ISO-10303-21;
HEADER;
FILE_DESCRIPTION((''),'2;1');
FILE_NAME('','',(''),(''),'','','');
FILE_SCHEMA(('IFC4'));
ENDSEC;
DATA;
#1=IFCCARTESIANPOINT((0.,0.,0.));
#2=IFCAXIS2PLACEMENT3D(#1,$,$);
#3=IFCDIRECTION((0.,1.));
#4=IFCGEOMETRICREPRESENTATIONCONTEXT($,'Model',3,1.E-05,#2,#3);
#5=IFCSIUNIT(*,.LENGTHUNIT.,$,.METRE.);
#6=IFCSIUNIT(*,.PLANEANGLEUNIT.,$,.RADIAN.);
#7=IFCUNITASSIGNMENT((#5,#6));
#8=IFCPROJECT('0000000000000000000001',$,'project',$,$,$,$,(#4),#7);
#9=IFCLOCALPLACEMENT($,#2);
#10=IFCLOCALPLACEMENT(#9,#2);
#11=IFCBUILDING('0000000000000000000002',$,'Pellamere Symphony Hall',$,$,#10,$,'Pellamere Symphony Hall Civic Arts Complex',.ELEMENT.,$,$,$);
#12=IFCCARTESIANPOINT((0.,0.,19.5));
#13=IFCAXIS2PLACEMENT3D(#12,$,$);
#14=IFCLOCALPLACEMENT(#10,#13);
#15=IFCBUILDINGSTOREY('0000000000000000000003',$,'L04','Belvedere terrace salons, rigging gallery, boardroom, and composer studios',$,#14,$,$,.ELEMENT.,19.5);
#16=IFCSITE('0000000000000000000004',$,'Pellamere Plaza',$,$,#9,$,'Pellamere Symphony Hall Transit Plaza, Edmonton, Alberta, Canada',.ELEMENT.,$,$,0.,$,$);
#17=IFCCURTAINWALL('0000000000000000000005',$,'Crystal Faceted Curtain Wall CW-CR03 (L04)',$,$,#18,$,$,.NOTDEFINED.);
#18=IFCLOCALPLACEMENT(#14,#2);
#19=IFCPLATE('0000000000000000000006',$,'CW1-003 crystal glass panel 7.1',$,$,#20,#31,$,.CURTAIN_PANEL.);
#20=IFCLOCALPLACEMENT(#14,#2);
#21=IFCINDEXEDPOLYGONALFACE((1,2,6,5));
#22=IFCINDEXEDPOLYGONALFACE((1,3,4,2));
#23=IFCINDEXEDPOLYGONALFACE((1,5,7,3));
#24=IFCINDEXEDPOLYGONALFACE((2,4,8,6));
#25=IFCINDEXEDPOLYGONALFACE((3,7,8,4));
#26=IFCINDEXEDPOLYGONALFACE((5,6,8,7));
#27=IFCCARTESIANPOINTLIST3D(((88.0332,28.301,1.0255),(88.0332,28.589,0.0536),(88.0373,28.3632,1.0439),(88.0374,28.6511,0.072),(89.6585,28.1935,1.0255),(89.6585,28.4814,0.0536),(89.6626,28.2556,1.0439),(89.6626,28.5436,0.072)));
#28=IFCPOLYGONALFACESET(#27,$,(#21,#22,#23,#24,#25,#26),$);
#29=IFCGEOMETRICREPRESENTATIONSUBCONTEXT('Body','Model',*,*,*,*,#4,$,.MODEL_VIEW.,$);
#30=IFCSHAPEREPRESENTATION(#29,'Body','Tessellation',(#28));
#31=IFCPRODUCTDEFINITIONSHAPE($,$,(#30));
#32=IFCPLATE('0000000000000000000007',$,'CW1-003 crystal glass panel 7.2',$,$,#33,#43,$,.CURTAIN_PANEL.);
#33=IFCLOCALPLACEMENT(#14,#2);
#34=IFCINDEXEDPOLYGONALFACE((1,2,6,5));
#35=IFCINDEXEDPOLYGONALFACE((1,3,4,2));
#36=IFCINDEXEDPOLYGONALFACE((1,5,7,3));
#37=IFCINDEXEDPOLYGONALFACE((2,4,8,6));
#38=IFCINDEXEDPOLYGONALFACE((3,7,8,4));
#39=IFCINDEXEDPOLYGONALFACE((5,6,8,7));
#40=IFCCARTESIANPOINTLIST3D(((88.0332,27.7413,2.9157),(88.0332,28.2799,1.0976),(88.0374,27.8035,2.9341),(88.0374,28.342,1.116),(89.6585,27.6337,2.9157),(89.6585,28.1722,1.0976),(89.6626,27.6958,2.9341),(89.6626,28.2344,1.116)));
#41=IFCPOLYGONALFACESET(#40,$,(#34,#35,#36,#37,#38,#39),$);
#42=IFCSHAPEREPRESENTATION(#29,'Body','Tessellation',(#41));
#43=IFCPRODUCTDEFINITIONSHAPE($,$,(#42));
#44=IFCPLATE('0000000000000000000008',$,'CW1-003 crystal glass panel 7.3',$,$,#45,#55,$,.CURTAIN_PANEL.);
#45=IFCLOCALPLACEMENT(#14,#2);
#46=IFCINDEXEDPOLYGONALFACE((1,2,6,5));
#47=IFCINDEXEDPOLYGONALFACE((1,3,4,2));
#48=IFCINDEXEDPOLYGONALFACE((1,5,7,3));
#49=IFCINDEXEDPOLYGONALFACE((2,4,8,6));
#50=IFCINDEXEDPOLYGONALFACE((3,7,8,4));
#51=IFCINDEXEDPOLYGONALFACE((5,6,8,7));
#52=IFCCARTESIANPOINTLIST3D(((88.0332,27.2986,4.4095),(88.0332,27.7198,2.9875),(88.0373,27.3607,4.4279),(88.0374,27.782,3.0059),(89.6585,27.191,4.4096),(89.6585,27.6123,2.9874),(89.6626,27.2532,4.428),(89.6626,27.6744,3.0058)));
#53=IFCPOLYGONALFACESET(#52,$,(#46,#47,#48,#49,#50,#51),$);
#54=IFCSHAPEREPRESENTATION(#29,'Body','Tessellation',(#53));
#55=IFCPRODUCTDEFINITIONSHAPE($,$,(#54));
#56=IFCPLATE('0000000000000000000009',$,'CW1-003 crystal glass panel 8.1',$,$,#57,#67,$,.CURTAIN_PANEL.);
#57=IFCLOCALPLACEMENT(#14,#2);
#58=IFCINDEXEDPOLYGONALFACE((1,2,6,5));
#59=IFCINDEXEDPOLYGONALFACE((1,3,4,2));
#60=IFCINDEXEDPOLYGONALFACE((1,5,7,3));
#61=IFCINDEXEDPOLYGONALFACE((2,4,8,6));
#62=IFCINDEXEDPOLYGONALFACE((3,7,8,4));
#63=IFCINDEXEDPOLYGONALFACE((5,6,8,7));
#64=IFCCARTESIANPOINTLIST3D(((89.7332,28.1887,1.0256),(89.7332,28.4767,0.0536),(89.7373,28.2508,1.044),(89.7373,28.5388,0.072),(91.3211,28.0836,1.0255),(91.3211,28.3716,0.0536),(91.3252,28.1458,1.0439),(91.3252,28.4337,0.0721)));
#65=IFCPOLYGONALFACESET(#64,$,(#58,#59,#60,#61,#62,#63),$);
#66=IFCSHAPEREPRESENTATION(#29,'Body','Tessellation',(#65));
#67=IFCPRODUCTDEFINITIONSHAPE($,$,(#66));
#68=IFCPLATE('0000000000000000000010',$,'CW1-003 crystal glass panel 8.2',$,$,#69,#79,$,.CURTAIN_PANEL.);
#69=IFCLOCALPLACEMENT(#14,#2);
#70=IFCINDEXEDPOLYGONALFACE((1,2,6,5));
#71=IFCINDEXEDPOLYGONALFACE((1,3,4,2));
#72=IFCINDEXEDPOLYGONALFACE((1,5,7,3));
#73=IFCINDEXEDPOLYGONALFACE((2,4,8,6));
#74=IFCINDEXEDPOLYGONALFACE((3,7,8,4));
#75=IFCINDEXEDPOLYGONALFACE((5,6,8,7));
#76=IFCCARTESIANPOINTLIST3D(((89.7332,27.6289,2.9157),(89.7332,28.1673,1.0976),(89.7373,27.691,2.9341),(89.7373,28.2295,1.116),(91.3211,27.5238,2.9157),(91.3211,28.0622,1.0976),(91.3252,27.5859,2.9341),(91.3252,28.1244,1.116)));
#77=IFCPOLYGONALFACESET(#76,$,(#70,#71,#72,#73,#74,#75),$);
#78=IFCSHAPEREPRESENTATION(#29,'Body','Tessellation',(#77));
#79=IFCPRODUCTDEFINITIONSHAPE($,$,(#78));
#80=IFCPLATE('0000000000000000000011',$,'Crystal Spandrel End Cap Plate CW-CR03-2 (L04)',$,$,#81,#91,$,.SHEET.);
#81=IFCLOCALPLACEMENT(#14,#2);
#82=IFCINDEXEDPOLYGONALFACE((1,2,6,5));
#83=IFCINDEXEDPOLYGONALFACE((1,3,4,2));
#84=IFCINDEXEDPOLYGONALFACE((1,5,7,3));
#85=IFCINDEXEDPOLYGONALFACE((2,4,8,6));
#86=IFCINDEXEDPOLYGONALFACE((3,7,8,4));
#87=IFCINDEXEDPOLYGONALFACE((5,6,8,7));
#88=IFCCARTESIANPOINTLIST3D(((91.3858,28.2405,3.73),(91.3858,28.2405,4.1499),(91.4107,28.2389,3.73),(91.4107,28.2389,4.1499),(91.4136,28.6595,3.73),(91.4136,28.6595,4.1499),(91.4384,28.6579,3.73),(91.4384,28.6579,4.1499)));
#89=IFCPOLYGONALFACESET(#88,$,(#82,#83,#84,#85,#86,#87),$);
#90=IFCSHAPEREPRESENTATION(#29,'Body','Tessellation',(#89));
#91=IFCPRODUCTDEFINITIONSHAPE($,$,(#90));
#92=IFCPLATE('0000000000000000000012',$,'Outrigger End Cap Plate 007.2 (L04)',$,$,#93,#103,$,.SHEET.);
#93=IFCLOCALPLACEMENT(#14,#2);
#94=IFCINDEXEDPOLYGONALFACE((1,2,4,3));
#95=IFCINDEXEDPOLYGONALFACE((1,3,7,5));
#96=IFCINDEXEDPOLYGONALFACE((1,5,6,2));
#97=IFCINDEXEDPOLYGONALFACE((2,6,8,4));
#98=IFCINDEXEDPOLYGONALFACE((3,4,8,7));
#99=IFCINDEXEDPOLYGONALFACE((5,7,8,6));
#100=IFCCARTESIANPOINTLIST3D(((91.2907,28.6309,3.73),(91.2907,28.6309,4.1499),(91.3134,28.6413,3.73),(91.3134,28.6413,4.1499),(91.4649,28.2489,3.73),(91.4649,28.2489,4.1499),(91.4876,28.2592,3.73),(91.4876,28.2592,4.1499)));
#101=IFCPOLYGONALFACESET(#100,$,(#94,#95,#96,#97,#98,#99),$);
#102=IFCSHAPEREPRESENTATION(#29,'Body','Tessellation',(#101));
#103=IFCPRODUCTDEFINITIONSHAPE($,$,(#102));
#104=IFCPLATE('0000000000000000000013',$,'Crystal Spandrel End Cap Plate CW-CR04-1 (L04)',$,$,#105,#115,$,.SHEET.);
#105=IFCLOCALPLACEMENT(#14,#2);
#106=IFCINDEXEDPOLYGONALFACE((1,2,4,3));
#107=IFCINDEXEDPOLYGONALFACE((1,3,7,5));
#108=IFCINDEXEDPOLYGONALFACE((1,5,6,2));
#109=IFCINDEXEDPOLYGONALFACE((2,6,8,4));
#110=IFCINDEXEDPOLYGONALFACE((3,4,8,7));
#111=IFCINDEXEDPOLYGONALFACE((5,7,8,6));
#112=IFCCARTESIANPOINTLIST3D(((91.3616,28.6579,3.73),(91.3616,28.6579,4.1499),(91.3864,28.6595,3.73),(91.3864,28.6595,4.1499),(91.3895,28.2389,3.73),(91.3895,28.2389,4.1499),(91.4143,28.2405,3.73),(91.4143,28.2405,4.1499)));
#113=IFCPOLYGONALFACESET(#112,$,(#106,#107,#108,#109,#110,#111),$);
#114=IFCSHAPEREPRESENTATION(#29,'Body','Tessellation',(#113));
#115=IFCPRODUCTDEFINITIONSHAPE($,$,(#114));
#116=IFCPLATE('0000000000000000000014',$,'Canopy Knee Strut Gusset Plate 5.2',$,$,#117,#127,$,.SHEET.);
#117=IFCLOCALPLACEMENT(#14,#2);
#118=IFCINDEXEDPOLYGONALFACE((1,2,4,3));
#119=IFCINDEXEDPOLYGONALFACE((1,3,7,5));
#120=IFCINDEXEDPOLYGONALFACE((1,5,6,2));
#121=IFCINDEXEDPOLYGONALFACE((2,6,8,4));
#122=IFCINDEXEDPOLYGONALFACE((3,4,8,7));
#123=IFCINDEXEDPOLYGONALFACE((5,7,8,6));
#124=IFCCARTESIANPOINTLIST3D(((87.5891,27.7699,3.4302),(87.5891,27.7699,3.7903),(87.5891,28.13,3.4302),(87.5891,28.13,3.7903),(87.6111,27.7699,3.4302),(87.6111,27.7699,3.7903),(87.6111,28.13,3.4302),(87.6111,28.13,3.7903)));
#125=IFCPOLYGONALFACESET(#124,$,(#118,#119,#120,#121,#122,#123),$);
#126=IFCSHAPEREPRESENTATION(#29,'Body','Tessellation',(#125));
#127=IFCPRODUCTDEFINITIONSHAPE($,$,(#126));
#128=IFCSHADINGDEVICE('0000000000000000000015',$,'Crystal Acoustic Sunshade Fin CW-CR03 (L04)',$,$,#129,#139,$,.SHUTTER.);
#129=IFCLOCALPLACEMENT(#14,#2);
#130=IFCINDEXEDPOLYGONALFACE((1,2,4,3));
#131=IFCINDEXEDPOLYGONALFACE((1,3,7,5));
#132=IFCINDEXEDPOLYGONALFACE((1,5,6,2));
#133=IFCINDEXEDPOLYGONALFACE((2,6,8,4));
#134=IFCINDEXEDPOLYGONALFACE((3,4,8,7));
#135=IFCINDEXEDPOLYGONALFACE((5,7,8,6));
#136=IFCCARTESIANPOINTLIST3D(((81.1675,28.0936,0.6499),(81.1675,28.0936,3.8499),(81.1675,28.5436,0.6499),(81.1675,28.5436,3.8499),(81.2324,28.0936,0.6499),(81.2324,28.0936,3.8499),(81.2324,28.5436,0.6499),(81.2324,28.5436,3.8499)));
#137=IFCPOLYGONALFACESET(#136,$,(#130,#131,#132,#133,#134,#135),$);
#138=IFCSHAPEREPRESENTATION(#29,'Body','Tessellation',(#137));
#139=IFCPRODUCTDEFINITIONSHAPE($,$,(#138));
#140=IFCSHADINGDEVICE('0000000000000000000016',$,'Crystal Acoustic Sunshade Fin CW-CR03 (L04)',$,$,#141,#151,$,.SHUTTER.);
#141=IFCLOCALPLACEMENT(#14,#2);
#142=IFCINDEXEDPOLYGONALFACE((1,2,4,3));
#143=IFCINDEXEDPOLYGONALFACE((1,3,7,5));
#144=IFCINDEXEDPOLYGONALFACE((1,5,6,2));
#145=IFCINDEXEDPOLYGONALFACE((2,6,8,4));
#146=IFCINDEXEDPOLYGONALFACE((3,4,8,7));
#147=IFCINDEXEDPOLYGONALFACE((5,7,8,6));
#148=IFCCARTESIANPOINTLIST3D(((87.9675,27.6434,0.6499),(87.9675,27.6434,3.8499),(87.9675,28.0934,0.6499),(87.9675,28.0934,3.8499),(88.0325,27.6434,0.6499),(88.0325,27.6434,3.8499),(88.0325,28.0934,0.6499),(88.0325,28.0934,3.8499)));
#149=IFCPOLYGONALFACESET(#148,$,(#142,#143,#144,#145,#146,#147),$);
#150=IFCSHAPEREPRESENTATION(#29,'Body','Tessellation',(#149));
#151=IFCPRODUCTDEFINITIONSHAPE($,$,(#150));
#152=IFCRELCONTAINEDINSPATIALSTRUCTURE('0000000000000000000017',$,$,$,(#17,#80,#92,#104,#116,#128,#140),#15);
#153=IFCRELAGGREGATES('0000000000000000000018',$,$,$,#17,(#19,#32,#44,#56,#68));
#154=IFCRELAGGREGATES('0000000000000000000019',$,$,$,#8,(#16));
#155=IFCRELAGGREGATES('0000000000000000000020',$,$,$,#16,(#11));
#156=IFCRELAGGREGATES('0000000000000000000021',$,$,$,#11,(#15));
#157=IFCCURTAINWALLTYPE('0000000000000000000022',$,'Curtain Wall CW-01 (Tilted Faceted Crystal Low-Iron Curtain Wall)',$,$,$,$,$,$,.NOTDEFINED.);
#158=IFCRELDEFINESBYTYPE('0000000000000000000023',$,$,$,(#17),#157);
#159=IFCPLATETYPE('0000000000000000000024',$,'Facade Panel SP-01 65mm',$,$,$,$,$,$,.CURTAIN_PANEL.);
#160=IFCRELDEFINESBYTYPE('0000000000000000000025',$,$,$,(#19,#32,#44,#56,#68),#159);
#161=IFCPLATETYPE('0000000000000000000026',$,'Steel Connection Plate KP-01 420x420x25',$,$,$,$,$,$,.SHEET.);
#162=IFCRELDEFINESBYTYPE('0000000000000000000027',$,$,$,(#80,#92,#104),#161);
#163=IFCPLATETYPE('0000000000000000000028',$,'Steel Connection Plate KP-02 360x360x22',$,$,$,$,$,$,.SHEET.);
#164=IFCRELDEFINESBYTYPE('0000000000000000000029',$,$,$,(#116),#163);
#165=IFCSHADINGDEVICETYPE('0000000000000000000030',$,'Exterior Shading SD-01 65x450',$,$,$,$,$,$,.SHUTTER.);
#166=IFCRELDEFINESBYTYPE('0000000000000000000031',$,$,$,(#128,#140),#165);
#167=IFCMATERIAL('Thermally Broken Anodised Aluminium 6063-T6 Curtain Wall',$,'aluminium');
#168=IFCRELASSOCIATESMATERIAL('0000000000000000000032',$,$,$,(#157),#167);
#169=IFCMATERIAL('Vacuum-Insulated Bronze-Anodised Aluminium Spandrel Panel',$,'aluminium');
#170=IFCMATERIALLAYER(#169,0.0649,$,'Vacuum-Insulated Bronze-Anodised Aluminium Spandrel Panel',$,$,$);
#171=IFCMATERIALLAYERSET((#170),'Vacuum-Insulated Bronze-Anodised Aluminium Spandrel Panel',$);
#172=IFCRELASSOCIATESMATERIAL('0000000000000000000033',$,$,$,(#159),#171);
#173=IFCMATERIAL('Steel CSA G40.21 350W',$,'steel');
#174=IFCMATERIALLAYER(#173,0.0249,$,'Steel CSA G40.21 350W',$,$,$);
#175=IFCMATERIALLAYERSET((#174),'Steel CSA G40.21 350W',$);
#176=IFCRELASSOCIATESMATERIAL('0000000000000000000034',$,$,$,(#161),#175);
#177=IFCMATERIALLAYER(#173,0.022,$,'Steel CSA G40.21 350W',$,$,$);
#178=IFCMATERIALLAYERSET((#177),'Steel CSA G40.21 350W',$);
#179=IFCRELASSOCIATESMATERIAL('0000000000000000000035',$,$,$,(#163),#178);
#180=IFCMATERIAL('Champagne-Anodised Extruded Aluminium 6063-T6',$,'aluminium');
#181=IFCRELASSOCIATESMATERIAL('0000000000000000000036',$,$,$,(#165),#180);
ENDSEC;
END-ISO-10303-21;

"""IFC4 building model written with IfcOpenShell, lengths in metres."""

from ifc_helpers import new_model, si_unit, direction, frame, origin, origin_2d, place, context, subcontext, project, spatial, polyline, rectangle, outline, extrude, material, layer, layer_set, type_object, element, aggregate, save


model = new_model("IFC4")

# Units and contexts
model_context = context("Model", 3, precision=1e-05, world=origin(), true_north=direction((0.0, 1.0)))
body_context = subcontext(model_context, "Body", "Model", "MODEL_VIEW")
ifc_project = project(units=[si_unit("LENGTHUNIT", "METRE"), si_unit("PLANEANGLEUNIT", "RADIAN")], contexts=[model_context])

# Site, building, storey
site_placement = place(None, origin())
site = spatial("IfcSite", under=ifc_project, at=site_placement, Name="Pellamere Plaza", LongName="Pellamere Symphony Hall Transit Plaza, Edmonton, Alberta, Canada", CompositionType="ELEMENT", RefElevation=0.0)
building_placement = place(site_placement, origin())
building = spatial("IfcBuilding", under=site, at=building_placement, Name="Pellamere Symphony Hall", LongName="Pellamere Symphony Hall Civic Arts Complex", CompositionType="ELEMENT")
storey_placement = place(building_placement, frame((0.0, 0.0, 19.5)))
storey = spatial("IfcBuildingStorey", under=building, at=storey_placement, Name="L04", Description="Belvedere terrace salons, rigging gallery, boardroom, and composer studios", CompositionType="ELEMENT", Elevation=19.5)

# Curtain wall
ifc_material_1 = material(Name="Thermally Broken Anodised Aluminium 6063-T6 Curtain Wall", Category="aluminium")
curtain_wall_type = type_object("IfcCurtainWallType", Name="Curtain Wall CW-01 (Tilted Faceted Crystal Low-Iron Curtain Wall)", PredefinedType="NOTDEFINED", material=ifc_material_1)
curtain_wall_placement = place(storey_placement, origin())
curtain_wall = element("IfcCurtainWall", 1, at=curtain_wall_placement, inside=storey, type_object=curtain_wall_type, Name="Crystal Faceted Curtain Wall CW-CR03 (L04)", PredefinedType="NOTDEFINED")

# Shared definitions
ifc_material_2 = material(Name="Steel CSA G40.21 350W", Category="steel")

# Plates
ifc_material_3 = material(Name="Vacuum-Insulated Bronze-Anodised Aluminium Spandrel Panel", Category="aluminium")
ifc_layer_1 = layer(ifc_material_3, 0.0649, Name="Vacuum-Insulated Bronze-Anodised Aluminium Spandrel Panel")
ifc_layer_set_1 = layer_set([ifc_layer_1], Name="Vacuum-Insulated Bronze-Anodised Aluminium Spandrel Panel")
plate_type_1 = type_object("IfcPlateType", Name="Facade Panel SP-01 65mm", PredefinedType="CURTAIN_PANEL", material=ifc_layer_set_1)
plate_1_placement = place(storey_placement, frame((88.0374, 28.6511, 0.072), z_axis=(0.063318, 0.956878, 0.283506), x_axis=(0.997818, -0.066021, -0.00002)))
plate_1 = element("IfcPlate", 2, at=plate_1_placement, type_object=plate_type_1, Name="CW1-003 crystal glass panel 7.1", PredefinedType="CURTAIN_PANEL", context=body_context, shape_type="SweptSolid", body=[
    extrude(outline(polyline([(0.0, 0.0), (1.6288, 0.0), (1.6478, -1.0135), (0.019, -1.0135), (0.0, 0.0)])), origin(), (0.0, 0.0, -1.0), 0.0649),
])
plate_2_placement = place(storey_placement, frame((88.0374, 28.342, 1.116), z_axis=(0.06339, 0.956888, 0.283456), x_axis=(0.997813, -0.066101, 0.0)))
plate_2 = element("IfcPlate", 3, at=plate_2_placement, type_object=plate_type_1, Name="CW1-003 crystal glass panel 7.2", PredefinedType="CURTAIN_PANEL", context=body_context, shape_type="SweptSolid", body=[
    extrude(outline(polyline([(0.0, 0.0), (1.6288, 0.0), (1.6644, -1.8959), (0.0356, -1.8959), (0.0, 0.0)])), origin(), (0.0, 0.0, -1.0), 0.0649),
])
plate_3_placement = place(storey_placement, frame((88.0374, 27.782, 3.0059), z_axis=(0.063319, 0.956893, 0.283454), x_axis=(0.997818, -0.066021, -0.00002)))
plate_3 = element("IfcPlate", 4, at=plate_3_placement, type_object=plate_type_1, Name="CW1-003 crystal glass panel 7.3", PredefinedType="CURTAIN_PANEL", context=body_context, shape_type="SweptSolid", body=[
    extrude(outline(polyline([(0.0, 0.0), (1.6288, 0.0), (1.6566, -1.483), (0.0278, -1.4829), (0.0, 0.0)])), origin(), (0.0, 0.0, -1.0), 0.0649),
])
plate_4_placement = place(storey_placement, frame((89.7373, 28.5388, 0.072), z_axis=(0.063336, 0.956877, 0.283506), x_axis=(0.997816, -0.066052, 0.000021)))
plate_4 = element("IfcPlate", 5, at=plate_4_placement, type_object=plate_type_1, Name="CW1-003 crystal glass panel 8.1", PredefinedType="CURTAIN_PANEL", context=body_context, shape_type="SweptSolid", body=[
    extrude(outline(polyline([(0.0, 0.0), (1.5914, 0.0), (1.6104, -1.0135), (0.019, -1.0135), (0.0, 0.0)])), origin(), (0.0, 0.0, -1.0), 0.0649),
])
plate_5_placement = place(storey_placement, frame((89.7373, 28.2295, 1.116), z_axis=(0.063338, 0.956909, 0.283398), x_axis=(0.997816, -0.066052, 0.000021)))
plate_5 = element("IfcPlate", 6, at=plate_5_placement, type_object=plate_type_1, Name="CW1-003 crystal glass panel 8.2", PredefinedType="CURTAIN_PANEL", context=body_context, shape_type="SweptSolid", body=[
    extrude(outline(polyline([(0.0, 0.0), (1.5914, 0.0), (1.627, -1.8958), (0.0356, -1.8959), (0.0, 0.0)])), origin(), (0.0, 0.0, -1.0), 0.0649),
])
aggregate(curtain_wall, [plate_1, plate_2, plate_3, plate_4, plate_5])

# Plates
ifc_layer_2 = layer(ifc_material_2, 0.0249, Name="Steel CSA G40.21 350W")
ifc_layer_set_2 = layer_set([ifc_layer_2], Name="Steel CSA G40.21 350W")
plate_type_2 = type_object("IfcPlateType", Name="Steel Connection Plate KP-01 420x420x25", PredefinedType="SHEET", material=ifc_layer_set_2)
for number, where, z_axis, x_axis, name in (
    (7, (91.4121, 28.4492, 3.73), (0.0, 0.0, 1.0), (0.997813, -0.0661, 0.0), "Crystal Spandrel End Cap Plate CW-CR03-2 (L04)"),
    (8, (91.3892, 28.4451, 3.73), (0.0, 0.0, 1.0), (-0.909889, -0.414852, 0.0), "Outrigger End Cap Plate 007.2 (L04)"),
    (9, (91.3879, 28.4492, 3.73), (0.0, 0.0, 1.0), (0.99779, 0.066448, 0.0), "Crystal Spandrel End Cap Plate CW-CR04-1 (L04)"),
):
    element("IfcPlate", number, at=place(storey_placement, frame(where, z_axis=z_axis, x_axis=x_axis)), inside=storey, type_object=plate_type_2, Name=name, PredefinedType="SHEET", context=body_context, shape_type="SweptSolid", body=[
        extrude(rectangle(XDim=0.0249, YDim=0.4199, at=origin_2d()), origin(), (0.0, 0.0, 1.0), 0.4199),
    ])
ifc_layer_3 = layer(ifc_material_2, 0.022, Name="Steel CSA G40.21 350W")
ifc_layer_set_3 = layer_set([ifc_layer_3], Name="Steel CSA G40.21 350W")
plate_type_3 = type_object("IfcPlateType", Name="Steel Connection Plate KP-02 360x360x22", PredefinedType="SHEET", material=ifc_layer_set_3)
plate_6_placement = place(storey_placement, frame((87.6001, 27.95, 3.4302), z_axis=(0.0, 0.0, 1.0), x_axis=(1.0, 0.0, 0.0)))
element("IfcPlate", 10, at=plate_6_placement, inside=storey, type_object=plate_type_3, Name="Canopy Knee Strut Gusset Plate 5.2", PredefinedType="SHEET", context=body_context, shape_type="SweptSolid", body=[
    extrude(rectangle(XDim=0.022, YDim=0.3601, at=origin_2d()), origin(), (0.0, 0.0, 1.0), 0.3601),
])

# Shading devices
ifc_material_4 = material(Name="Champagne-Anodised Extruded Aluminium 6063-T6", Category="aluminium")
shading_device_type = type_object("IfcShadingDeviceType", Name="Exterior Shading SD-01 65x450", PredefinedType="SHUTTER", material=ifc_material_4)
for number, where, z_axis, x_axis, name in (
    (11, (81.2, 28.3186, 0.6499), (0.0, 0.0, 1.0), (1.0, 0.0, 0.0), "Crystal Acoustic Sunshade Fin CW-CR03 (L04)"),
    (12, (88.0, 27.8684, 0.6499), (0.0, 0.0, 1.0), (1.0, 0.0, 0.0), "Crystal Acoustic Sunshade Fin CW-CR03 (L04)"),
):
    element("IfcShadingDevice", number, at=place(storey_placement, frame(where, z_axis=z_axis, x_axis=x_axis)), inside=storey, type_object=shading_device_type, Name=name, PredefinedType="SHUTTER", context=body_context, shape_type="SweptSolid", body=[
        extrude(rectangle(XDim=0.0649, YDim=0.45, at=origin_2d()), origin(), (0.0, 0.0, 1.0), 3.2),
    ])

save(model, "model.ifc")
